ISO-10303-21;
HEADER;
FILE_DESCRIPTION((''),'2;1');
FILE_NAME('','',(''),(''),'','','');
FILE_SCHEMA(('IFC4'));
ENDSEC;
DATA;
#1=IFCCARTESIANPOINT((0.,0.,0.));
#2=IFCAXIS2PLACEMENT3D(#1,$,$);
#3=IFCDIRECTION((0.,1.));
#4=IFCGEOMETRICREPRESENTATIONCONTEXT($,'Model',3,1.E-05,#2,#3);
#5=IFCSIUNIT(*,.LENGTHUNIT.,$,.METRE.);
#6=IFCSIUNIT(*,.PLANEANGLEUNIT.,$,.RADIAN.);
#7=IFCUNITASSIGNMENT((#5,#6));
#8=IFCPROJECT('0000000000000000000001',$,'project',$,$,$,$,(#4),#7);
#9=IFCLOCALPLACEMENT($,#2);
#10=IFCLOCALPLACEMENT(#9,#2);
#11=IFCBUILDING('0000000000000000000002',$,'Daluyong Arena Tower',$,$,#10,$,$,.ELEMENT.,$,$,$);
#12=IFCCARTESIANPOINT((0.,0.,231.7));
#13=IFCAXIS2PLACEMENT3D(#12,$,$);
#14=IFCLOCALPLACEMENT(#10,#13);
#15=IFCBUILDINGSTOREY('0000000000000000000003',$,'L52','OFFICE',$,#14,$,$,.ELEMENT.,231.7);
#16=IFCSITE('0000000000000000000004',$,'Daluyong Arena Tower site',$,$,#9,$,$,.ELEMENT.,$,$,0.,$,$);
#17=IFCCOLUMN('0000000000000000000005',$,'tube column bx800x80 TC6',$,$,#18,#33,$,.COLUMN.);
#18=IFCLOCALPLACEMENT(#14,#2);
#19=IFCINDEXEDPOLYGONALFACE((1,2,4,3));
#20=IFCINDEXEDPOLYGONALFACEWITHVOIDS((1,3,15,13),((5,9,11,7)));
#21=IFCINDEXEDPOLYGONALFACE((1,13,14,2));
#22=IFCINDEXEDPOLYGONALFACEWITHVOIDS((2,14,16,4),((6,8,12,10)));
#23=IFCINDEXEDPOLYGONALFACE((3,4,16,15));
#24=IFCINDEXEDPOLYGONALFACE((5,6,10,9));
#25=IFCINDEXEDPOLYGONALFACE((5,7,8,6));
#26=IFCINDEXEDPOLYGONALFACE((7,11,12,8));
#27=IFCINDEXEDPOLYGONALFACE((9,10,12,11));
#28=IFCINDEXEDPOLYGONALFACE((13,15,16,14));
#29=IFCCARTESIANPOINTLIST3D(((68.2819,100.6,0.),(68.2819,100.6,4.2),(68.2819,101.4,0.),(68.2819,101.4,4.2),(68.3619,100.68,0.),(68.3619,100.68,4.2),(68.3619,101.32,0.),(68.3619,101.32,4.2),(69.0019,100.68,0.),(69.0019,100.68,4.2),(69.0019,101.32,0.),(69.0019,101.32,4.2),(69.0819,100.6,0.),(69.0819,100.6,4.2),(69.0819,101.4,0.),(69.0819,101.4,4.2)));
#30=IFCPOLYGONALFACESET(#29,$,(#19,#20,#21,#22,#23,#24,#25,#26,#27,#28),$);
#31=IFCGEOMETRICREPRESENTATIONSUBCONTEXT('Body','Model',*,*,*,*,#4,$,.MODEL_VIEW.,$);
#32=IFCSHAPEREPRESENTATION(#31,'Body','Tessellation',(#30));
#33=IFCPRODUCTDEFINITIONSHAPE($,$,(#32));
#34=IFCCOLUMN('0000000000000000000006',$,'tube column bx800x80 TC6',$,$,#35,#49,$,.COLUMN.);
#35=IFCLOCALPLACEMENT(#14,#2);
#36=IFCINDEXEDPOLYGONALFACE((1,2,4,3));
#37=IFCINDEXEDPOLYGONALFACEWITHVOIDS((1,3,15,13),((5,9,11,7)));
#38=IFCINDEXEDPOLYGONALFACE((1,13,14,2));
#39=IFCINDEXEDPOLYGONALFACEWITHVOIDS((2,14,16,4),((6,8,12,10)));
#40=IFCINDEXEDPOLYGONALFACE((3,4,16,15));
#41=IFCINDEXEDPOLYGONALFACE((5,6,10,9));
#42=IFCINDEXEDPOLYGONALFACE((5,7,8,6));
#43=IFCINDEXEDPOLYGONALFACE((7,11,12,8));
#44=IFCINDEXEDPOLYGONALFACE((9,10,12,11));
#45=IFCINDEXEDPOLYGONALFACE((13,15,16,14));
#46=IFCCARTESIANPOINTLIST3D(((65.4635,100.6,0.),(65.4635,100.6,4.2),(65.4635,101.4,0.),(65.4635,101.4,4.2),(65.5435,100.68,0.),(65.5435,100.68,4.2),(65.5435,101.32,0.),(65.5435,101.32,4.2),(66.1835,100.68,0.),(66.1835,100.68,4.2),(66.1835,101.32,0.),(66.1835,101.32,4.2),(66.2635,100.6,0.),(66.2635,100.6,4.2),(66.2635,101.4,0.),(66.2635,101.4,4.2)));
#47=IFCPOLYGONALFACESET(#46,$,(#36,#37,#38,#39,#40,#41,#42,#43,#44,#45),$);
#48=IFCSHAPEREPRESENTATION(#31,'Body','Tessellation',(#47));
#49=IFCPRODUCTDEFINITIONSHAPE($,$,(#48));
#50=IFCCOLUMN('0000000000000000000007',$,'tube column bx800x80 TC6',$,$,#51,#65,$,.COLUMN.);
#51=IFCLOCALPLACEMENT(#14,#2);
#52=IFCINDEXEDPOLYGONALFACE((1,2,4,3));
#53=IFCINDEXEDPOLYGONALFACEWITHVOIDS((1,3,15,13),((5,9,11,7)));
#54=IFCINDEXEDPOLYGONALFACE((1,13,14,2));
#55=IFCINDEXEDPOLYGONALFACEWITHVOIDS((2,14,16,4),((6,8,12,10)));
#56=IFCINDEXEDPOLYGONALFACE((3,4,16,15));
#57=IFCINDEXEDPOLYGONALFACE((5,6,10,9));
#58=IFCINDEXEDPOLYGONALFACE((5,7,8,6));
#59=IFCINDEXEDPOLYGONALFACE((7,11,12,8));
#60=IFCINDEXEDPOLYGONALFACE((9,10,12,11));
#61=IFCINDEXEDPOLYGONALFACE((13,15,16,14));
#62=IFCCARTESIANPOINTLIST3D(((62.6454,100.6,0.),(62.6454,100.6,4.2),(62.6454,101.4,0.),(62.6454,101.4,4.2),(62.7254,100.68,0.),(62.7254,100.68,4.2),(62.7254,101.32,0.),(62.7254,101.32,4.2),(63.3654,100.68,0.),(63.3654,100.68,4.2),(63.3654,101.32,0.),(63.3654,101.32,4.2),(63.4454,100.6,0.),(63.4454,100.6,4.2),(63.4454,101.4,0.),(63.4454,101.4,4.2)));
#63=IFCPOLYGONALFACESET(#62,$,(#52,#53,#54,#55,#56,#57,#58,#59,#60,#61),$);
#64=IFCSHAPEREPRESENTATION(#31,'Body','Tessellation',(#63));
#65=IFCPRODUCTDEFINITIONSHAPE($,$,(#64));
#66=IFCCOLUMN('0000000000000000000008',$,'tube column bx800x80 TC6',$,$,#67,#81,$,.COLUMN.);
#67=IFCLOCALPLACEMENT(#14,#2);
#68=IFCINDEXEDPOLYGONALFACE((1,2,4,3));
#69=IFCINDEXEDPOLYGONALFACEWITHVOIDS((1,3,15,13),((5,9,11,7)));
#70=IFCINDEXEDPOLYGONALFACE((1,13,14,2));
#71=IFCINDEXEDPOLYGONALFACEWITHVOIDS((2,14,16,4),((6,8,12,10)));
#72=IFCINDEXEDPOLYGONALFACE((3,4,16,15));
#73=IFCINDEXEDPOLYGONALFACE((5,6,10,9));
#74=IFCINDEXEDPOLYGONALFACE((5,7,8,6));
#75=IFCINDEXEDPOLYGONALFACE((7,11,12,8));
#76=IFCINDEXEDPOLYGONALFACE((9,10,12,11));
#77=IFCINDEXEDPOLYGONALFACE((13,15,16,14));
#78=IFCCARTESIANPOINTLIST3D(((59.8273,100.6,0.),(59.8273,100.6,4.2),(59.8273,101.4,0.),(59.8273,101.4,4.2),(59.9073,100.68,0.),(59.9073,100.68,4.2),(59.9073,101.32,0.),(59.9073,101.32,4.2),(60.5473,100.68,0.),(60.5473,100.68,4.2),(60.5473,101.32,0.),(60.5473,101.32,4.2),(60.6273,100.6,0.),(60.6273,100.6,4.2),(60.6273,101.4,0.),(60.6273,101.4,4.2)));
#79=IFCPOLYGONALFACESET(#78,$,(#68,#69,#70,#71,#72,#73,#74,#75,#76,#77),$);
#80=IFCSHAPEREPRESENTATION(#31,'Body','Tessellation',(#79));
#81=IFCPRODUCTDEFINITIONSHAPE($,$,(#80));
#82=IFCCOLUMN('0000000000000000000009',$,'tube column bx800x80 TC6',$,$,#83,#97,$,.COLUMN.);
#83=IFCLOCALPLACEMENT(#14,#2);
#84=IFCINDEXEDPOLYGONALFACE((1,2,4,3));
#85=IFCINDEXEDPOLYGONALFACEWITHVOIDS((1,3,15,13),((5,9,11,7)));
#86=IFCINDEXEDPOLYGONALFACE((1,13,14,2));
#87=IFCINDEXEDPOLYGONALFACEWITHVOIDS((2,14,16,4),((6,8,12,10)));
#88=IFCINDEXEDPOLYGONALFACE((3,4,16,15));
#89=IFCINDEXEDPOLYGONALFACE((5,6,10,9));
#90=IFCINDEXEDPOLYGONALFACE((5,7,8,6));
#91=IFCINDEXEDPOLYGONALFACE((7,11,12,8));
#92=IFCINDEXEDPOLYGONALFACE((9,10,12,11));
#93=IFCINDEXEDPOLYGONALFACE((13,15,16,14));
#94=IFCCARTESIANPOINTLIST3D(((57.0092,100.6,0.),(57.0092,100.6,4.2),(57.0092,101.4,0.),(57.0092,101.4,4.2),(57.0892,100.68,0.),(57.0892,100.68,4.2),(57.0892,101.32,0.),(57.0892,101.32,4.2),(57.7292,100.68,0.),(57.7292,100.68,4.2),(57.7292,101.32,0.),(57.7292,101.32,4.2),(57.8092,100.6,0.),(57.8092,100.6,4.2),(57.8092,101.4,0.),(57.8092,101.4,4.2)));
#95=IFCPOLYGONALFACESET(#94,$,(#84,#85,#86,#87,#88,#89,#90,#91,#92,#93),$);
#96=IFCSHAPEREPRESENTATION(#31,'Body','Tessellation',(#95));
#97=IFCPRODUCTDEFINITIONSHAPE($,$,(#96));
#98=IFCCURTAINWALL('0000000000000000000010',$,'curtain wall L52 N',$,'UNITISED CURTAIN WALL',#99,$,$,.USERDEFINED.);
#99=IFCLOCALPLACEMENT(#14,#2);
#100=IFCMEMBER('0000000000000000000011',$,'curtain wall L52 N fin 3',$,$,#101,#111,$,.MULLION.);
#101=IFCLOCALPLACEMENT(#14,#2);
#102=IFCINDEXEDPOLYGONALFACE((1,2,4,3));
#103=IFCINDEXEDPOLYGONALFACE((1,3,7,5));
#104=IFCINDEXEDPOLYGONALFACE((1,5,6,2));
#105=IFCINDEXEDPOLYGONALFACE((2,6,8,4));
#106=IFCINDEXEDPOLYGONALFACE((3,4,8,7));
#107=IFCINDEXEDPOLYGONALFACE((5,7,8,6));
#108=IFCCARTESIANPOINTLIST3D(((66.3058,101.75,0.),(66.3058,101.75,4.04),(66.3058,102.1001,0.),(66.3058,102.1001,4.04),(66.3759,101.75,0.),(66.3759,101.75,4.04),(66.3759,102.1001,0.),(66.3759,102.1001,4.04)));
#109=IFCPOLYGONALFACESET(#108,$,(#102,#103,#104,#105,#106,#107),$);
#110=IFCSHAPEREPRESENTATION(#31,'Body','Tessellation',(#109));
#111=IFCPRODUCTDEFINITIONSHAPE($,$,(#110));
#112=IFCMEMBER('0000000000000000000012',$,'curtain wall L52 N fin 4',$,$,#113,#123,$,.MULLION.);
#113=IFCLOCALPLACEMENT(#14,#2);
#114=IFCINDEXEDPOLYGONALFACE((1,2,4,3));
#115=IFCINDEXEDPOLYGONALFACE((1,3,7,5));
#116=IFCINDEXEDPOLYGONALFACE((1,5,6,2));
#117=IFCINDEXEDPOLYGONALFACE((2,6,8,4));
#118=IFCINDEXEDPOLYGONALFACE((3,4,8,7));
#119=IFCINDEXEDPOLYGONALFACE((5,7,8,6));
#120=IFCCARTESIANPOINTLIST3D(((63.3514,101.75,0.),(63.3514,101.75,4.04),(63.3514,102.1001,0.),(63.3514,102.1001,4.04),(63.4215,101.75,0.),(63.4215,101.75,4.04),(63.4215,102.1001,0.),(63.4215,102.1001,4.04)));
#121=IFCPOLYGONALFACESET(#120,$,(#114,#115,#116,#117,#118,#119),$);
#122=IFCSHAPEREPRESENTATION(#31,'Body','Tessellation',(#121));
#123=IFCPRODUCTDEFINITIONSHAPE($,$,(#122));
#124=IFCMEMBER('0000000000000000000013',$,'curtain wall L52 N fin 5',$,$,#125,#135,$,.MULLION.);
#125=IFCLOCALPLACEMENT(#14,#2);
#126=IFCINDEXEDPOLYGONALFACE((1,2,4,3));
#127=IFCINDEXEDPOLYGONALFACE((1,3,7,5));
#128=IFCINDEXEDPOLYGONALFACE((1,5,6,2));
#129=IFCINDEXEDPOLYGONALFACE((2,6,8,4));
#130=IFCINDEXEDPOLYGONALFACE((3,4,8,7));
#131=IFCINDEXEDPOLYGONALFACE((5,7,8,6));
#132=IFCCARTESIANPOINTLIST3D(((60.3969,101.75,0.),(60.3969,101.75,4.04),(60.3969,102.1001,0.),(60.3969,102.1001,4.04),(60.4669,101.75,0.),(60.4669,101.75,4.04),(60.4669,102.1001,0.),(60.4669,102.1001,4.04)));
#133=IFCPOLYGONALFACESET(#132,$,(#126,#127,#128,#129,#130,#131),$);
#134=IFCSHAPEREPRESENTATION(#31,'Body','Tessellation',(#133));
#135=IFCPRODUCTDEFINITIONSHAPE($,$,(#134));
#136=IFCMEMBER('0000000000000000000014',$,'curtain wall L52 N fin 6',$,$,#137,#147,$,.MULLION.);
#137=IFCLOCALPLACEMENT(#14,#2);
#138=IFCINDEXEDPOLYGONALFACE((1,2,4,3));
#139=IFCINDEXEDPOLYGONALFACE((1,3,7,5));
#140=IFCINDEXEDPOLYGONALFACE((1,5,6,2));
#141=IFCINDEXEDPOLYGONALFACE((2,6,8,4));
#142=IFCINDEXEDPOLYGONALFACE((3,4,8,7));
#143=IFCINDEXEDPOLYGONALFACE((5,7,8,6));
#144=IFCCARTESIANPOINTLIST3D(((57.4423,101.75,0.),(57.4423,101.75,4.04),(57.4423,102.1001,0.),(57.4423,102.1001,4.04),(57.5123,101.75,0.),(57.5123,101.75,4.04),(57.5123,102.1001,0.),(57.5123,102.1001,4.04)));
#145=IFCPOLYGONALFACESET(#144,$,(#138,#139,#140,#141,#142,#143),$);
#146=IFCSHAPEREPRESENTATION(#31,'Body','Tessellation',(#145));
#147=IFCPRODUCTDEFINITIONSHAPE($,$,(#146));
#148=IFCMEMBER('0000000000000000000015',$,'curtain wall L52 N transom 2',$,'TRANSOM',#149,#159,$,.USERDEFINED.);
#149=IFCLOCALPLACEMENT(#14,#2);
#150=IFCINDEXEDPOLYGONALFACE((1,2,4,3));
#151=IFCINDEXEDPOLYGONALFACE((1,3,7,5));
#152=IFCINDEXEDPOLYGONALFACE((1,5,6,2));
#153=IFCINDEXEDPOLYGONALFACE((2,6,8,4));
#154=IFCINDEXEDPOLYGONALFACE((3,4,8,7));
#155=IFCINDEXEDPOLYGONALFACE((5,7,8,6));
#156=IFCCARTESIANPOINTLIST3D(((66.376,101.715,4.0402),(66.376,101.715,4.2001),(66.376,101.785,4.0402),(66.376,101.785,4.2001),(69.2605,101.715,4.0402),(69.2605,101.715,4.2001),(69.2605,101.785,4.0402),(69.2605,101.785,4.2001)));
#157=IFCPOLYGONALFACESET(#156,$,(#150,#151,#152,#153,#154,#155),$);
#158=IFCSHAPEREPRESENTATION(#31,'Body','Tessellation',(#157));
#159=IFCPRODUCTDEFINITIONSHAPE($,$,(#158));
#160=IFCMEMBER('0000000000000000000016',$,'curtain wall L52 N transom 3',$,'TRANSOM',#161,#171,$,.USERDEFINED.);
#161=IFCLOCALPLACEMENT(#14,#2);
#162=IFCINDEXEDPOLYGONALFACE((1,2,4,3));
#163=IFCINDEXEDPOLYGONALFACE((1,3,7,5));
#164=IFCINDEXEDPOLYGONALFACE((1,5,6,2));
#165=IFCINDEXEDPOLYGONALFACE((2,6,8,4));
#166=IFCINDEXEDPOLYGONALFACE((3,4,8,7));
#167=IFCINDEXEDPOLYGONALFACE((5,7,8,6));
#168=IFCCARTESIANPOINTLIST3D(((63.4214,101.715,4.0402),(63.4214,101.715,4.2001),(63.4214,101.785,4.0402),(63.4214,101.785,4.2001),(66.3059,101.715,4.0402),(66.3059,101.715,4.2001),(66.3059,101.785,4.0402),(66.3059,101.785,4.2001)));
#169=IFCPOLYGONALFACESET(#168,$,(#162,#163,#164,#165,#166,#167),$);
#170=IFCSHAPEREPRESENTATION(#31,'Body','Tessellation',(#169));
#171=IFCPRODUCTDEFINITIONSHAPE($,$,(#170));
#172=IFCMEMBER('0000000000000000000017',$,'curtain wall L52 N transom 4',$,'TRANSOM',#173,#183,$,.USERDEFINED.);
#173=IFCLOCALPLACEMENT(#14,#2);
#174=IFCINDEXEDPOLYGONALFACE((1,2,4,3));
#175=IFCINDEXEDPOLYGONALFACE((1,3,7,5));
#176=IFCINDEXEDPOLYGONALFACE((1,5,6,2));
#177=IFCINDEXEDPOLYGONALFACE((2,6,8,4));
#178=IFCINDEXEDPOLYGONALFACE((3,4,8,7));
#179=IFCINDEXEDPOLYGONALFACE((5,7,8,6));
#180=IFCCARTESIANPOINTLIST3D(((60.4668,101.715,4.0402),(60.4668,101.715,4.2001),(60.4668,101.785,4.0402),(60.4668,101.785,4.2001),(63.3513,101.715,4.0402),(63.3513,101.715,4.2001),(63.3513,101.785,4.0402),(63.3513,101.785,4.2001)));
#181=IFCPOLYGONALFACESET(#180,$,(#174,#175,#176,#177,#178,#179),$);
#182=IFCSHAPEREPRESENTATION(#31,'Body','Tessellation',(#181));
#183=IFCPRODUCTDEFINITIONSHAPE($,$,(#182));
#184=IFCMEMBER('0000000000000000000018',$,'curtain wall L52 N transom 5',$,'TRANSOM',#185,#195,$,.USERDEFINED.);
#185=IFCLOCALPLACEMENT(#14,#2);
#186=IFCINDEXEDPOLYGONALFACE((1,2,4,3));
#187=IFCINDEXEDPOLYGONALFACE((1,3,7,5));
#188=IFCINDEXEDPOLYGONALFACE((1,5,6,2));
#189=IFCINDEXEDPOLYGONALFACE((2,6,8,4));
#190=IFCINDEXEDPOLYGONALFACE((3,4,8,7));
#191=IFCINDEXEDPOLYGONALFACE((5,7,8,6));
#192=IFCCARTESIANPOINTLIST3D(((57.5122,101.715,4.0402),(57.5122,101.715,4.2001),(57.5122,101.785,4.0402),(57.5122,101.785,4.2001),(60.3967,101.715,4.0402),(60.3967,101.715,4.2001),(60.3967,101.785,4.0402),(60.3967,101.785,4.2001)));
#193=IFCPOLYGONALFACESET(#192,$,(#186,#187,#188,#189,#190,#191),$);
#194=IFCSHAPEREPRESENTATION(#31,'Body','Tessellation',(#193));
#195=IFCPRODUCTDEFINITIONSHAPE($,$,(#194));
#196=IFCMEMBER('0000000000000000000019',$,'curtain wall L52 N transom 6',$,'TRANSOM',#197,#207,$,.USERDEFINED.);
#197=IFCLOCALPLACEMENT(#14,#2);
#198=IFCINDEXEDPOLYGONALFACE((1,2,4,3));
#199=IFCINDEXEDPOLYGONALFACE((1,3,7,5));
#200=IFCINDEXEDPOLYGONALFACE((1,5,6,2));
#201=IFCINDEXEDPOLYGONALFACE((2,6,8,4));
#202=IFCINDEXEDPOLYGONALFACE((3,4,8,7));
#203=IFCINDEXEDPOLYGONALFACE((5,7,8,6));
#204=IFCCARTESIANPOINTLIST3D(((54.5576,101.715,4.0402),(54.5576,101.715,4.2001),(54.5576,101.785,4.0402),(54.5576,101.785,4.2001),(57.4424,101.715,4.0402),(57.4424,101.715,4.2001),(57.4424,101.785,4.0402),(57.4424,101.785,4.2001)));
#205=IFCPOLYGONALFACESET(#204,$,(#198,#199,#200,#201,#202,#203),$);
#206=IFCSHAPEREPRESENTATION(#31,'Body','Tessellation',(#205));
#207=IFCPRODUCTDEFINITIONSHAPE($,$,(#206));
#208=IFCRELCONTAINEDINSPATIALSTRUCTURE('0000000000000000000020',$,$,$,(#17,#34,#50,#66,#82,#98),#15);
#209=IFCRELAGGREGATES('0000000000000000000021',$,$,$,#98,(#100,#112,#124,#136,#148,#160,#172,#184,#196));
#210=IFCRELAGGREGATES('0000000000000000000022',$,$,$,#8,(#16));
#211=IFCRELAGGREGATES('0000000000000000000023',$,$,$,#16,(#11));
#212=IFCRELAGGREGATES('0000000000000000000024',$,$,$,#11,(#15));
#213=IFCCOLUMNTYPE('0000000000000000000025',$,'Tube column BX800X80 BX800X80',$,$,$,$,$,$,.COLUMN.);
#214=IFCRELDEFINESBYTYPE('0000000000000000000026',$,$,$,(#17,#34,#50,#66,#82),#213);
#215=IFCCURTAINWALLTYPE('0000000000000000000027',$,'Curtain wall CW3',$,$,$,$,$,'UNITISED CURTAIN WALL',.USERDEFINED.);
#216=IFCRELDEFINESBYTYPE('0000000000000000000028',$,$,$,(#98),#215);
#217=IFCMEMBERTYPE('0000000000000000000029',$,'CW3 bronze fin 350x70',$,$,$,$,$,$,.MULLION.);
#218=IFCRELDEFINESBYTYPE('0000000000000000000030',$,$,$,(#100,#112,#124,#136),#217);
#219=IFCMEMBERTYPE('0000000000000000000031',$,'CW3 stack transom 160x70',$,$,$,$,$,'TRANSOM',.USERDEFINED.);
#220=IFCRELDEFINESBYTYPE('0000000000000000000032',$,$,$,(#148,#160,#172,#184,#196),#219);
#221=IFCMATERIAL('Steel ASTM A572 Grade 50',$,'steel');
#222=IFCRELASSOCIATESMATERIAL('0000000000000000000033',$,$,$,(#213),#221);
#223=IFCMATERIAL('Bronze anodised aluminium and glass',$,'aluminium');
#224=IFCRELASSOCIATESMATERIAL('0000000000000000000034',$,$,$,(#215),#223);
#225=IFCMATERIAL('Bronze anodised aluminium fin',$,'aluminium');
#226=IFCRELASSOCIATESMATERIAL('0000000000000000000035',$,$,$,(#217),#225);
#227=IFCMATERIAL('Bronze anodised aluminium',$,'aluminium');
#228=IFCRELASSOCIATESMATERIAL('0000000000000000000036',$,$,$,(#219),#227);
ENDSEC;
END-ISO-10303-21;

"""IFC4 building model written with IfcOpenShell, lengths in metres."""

from ifc_helpers import new_model, si_unit, direction, frame, origin, origin_2d, place, context, subcontext, project, spatial, rectangle, hollow_rectangle, extrude, material, material_profile, profile_set, type_object, element, aggregate, save


model = new_model("IFC4")

# Units and contexts
model_context = context("Model", 3, precision=1e-05, world=origin(), true_north=direction((0.0, 1.0)))
body_context = subcontext(model_context, "Body", "Model", "MODEL_VIEW")
ifc_project = project(units=[si_unit("LENGTHUNIT", "METRE"), si_unit("PLANEANGLEUNIT", "RADIAN")], contexts=[model_context])

# Site, building, storey
site_placement = place(None, origin())
site = spatial("IfcSite", under=ifc_project, at=site_placement, Name="Daluyong Arena Tower site", CompositionType="ELEMENT", RefElevation=0.0)
building_placement = place(site_placement, origin())
building = spatial("IfcBuilding", under=site, at=building_placement, Name="Daluyong Arena Tower", CompositionType="ELEMENT")
storey_placement = place(building_placement, frame((0.0, 0.0, 231.7)))
storey = spatial("IfcBuildingStorey", under=building, at=storey_placement, Name="L52", Description="OFFICE", CompositionType="ELEMENT", Elevation=231.7)

# Columns
ifc_material_1 = material(Name="Steel ASTM A572 Grade 50", Category="steel")
ifc_material_profile_1 = material_profile(ifc_material_1, hollow_rectangle(XDim=0.8, YDim=0.8, WallThickness=0.08, at=origin_2d()))
ifc_profile_set_1 = profile_set([ifc_material_profile_1], Name="Steel ASTM A572 Grade 50")
column_type = type_object("IfcColumnType", Name="Tube column BX800X80 BX800X80", PredefinedType="COLUMN", material=ifc_profile_set_1)
for number, where, z_axis, x_axis, name in (
    (1, (68.6819, 101.0, 0.0), (0.0, 0.0, 1.0), (1.0, 0.0, 0.0), "tube column bx800x80 TC6"),
    (2, (65.8635, 101.0, 0.0), (0.0, 0.0, 1.0), (1.0, 0.0, 0.0), "tube column bx800x80 TC6"),
    (3, (63.0454, 101.0, 0.0), (0.0, 0.0, 1.0), (1.0, 0.0, 0.0), "tube column bx800x80 TC6"),
    (4, (60.2273, 101.0, 0.0), (0.0, 0.0, 1.0), (1.0, 0.0, 0.0), "tube column bx800x80 TC6"),
    (5, (57.4092, 101.0, 0.0), (0.0, 0.0, 1.0), (1.0, 0.0, 0.0), "tube column bx800x80 TC6"),
):
    element("IfcColumn", number, at=place(storey_placement, frame(where, z_axis=z_axis, x_axis=x_axis)), inside=storey, type_object=column_type, Name=name, PredefinedType="COLUMN", context=body_context, shape_type="SweptSolid", body=[
        extrude(hollow_rectangle(XDim=0.8, YDim=0.8, WallThickness=0.08, at=origin_2d()), origin(), (0.0, 0.0, 1.0), 4.2),
    ])

# Curtain wall, members
ifc_material_2 = material(Name="Bronze anodised aluminium and glass", Category="aluminium")
curtain_wall_type = type_object("IfcCurtainWallType", Name="Curtain wall CW3", ElementType="UNITISED CURTAIN WALL", PredefinedType="USERDEFINED", material=ifc_material_2)
curtain_wall_placement = place(storey_placement, origin())
curtain_wall = element("IfcCurtainWall", 6, at=curtain_wall_placement, inside=storey, type_object=curtain_wall_type, Name="curtain wall L52 N", ObjectType="UNITISED CURTAIN WALL", PredefinedType="USERDEFINED")
ifc_material_3 = material(Name="Bronze anodised aluminium fin", Category="aluminium")
ifc_material_profile_2 = material_profile(ifc_material_3, rectangle(XDim=0.3501, YDim=0.0701, at=origin_2d()))
ifc_profile_set_2 = profile_set([ifc_material_profile_2], Name="Bronze anodised aluminium fin")
member_type_1 = type_object("IfcMemberType", Name="CW3 bronze fin 350x70", PredefinedType="MULLION", material=ifc_profile_set_2)
member_1_placement = place(storey_placement, frame((66.3408, 101.925, 0.0), z_axis=(0.0, 0.0, 1.0), x_axis=(0.0, -1.0, 0.0)))
member_1 = element("IfcMember", 7, at=member_1_placement, type_object=member_type_1, Name="curtain wall L52 N fin 3", PredefinedType="MULLION", context=body_context, shape_type="SweptSolid", body=[
    extrude(rectangle(XDim=0.3501, YDim=0.0701, at=origin_2d()), origin(), (0.0, 0.0, 1.0), 4.04),
])
member_2_placement = place(storey_placement, frame((63.3865, 101.925, 0.0), z_axis=(0.0, 0.0, 1.0), x_axis=(0.0, -1.0, 0.0)))
member_2 = element("IfcMember", 8, at=member_2_placement, type_object=member_type_1, Name="curtain wall L52 N fin 4", PredefinedType="MULLION", context=body_context, shape_type="SweptSolid", body=[
    extrude(rectangle(XDim=0.3501, YDim=0.0701, at=origin_2d()), origin(), (0.0, 0.0, 1.0), 4.04),
])
member_3_placement = place(storey_placement, frame((60.4319, 101.925, 0.0), z_axis=(0.0, 0.0, 1.0), x_axis=(0.0, -1.0, 0.0)))
member_3 = element("IfcMember", 9, at=member_3_placement, type_object=member_type_1, Name="curtain wall L52 N fin 5", PredefinedType="MULLION", context=body_context, shape_type="SweptSolid", body=[
    extrude(rectangle(XDim=0.3501, YDim=0.0701, at=origin_2d()), origin(), (0.0, 0.0, 1.0), 4.04),
])
member_4_placement = place(storey_placement, frame((57.4773, 101.925, 0.0), z_axis=(0.0, 0.0, 1.0), x_axis=(0.0, -1.0, 0.0)))
member_4 = element("IfcMember", 10, at=member_4_placement, type_object=member_type_1, Name="curtain wall L52 N fin 6", PredefinedType="MULLION", context=body_context, shape_type="SweptSolid", body=[
    extrude(rectangle(XDim=0.3501, YDim=0.0701, at=origin_2d()), origin(), (0.0, 0.0, 1.0), 4.04),
])
ifc_material_4 = material(Name="Bronze anodised aluminium", Category="aluminium")
ifc_material_profile_3 = material_profile(ifc_material_4, rectangle(XDim=0.0701, YDim=0.1599, at=origin_2d()))
ifc_profile_set_3 = profile_set([ifc_material_profile_3], Name="Bronze anodised aluminium")
member_type_2 = type_object("IfcMemberType", Name="CW3 stack transom 160x70", ElementType="TRANSOM", PredefinedType="USERDEFINED", material=ifc_profile_set_3)
member_5_placement = place(storey_placement, frame((69.2605, 101.75, 4.1201), z_axis=(-1.0, 0.0, 0.0), x_axis=(0.0, -1.0, 0.0)))
member_5 = element("IfcMember", 11, at=member_5_placement, type_object=member_type_2, Name="curtain wall L52 N transom 2", ObjectType="TRANSOM", PredefinedType="USERDEFINED", context=body_context, shape_type="SweptSolid", body=[
    extrude(rectangle(XDim=0.0701, YDim=0.1599, at=origin_2d()), origin(), (0.0, 0.0, 1.0), 2.8845),
])
member_6_placement = place(storey_placement, frame((66.3059, 101.75, 4.1201), z_axis=(-1.0, 0.0, 0.0), x_axis=(0.0, -1.0, 0.0)))
member_6 = element("IfcMember", 12, at=member_6_placement, type_object=member_type_2, Name="curtain wall L52 N transom 3", ObjectType="TRANSOM", PredefinedType="USERDEFINED", context=body_context, shape_type="SweptSolid", body=[
    extrude(rectangle(XDim=0.0701, YDim=0.1599, at=origin_2d()), origin(), (0.0, 0.0, 1.0), 2.8845),
])
member_7_placement = place(storey_placement, frame((63.3513, 101.75, 4.1201), z_axis=(-1.0, 0.0, 0.0), x_axis=(0.0, -1.0, 0.0)))
member_7 = element("IfcMember", 13, at=member_7_placement, type_object=member_type_2, Name="curtain wall L52 N transom 4", ObjectType="TRANSOM", PredefinedType="USERDEFINED", context=body_context, shape_type="SweptSolid", body=[
    extrude(rectangle(XDim=0.0701, YDim=0.1599, at=origin_2d()), origin(), (0.0, 0.0, 1.0), 2.8845),
])
member_8_placement = place(storey_placement, frame((60.3967, 101.75, 4.1201), z_axis=(-1.0, 0.0, 0.0), x_axis=(0.0, -1.0, 0.0)))
member_8 = element("IfcMember", 14, at=member_8_placement, type_object=member_type_2, Name="curtain wall L52 N transom 5", ObjectType="TRANSOM", PredefinedType="USERDEFINED", context=body_context, shape_type="SweptSolid", body=[
    extrude(rectangle(XDim=0.0701, YDim=0.1599, at=origin_2d()), origin(), (0.0, 0.0, 1.0), 2.8845),
])
member_9_placement = place(storey_placement, frame((57.4424, 101.75, 4.1201), z_axis=(-1.0, 0.0, 0.0), x_axis=(0.0, -1.0, 0.0)))
member_9 = element("IfcMember", 15, at=member_9_placement, type_object=member_type_2, Name="curtain wall L52 N transom 6", ObjectType="TRANSOM", PredefinedType="USERDEFINED", context=body_context, shape_type="SweptSolid", body=[
    extrude(rectangle(XDim=0.0701, YDim=0.1599, at=origin_2d()), origin(), (0.0, 0.0, 1.0), 2.8848),
])

aggregate(curtain_wall, [member_1, member_2, member_3, member_4, member_5, member_6, member_7, member_8, member_9])

save(model, "model.ifc")
